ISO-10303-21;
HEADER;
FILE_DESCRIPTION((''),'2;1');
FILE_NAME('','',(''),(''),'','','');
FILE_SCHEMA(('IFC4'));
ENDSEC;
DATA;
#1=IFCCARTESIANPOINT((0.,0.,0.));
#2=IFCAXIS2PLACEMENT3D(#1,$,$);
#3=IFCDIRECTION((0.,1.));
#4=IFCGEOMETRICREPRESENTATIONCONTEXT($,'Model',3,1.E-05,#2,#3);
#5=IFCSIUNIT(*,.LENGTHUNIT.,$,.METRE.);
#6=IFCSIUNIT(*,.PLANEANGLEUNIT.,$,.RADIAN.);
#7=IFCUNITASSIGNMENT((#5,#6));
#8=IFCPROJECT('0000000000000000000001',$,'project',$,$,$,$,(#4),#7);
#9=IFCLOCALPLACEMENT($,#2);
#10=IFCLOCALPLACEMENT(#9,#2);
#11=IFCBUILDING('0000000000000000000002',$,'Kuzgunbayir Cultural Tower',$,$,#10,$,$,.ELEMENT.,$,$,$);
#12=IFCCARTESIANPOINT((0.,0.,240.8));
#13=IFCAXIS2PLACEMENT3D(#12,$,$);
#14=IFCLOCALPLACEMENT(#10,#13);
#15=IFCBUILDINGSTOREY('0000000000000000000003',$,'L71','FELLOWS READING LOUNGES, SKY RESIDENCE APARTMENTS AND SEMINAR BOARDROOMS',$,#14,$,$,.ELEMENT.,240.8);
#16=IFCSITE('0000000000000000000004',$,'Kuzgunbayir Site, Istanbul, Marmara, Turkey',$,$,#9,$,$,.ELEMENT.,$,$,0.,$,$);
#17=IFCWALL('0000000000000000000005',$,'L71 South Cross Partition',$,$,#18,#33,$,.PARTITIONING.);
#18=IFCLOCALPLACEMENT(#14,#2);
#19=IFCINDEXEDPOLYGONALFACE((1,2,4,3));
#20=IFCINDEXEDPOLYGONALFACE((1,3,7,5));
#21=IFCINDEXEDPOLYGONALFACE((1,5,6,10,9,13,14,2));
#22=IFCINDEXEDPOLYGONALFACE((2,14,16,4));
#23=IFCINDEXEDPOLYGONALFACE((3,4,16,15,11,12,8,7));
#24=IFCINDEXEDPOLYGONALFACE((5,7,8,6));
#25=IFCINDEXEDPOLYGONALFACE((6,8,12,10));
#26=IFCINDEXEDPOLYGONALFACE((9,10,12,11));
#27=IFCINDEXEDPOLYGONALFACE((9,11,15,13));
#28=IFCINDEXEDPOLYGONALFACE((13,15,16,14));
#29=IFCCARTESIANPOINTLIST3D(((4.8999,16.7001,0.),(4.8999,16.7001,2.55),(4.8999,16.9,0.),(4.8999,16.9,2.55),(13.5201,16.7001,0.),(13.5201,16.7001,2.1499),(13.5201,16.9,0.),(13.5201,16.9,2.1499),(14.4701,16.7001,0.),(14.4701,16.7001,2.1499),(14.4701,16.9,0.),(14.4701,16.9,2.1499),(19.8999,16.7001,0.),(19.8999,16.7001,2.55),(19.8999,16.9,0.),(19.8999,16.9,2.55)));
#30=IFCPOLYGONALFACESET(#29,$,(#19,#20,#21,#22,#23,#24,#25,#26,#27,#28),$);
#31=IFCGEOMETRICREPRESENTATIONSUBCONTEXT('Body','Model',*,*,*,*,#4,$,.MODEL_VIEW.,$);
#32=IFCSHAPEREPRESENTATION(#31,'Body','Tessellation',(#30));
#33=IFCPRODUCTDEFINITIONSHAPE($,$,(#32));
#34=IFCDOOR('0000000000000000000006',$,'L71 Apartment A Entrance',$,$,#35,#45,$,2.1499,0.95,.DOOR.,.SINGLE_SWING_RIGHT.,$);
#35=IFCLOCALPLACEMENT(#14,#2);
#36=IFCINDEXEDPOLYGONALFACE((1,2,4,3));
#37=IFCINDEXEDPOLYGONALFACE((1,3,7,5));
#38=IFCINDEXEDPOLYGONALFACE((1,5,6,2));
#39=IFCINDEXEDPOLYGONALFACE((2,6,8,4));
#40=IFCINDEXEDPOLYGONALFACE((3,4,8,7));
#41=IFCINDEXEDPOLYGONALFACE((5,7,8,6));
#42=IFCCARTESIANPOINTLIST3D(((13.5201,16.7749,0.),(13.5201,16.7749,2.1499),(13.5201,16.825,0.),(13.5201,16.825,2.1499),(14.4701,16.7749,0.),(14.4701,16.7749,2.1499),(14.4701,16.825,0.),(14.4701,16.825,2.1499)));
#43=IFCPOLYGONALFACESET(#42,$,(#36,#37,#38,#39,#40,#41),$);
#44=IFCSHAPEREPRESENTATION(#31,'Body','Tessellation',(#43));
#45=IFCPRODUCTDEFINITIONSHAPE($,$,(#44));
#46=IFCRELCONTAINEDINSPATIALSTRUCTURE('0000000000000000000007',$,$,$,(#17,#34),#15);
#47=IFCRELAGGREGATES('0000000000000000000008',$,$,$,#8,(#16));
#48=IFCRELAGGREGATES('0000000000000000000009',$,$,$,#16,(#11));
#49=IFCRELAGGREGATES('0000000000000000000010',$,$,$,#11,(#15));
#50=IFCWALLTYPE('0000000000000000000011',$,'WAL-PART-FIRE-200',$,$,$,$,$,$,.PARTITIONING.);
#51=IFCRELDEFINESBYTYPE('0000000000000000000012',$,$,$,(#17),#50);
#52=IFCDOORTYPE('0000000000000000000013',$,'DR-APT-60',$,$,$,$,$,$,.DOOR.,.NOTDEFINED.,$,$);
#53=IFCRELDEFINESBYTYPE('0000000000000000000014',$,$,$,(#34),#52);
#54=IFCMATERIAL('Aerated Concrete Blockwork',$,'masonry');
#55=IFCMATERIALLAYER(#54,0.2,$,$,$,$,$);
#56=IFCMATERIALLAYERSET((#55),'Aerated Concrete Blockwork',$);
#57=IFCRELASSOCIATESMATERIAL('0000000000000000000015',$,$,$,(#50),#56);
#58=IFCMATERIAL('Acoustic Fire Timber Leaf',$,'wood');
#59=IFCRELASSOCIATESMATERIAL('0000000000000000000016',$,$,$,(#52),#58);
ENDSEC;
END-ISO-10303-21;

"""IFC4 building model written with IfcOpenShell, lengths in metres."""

from ifc_helpers import new_model, si_unit, direction, frame, frame_2d, origin, place, context, subcontext, project, spatial, rectangle, extrude, material, layer, layer_set, type_object, element, fill, save


model = new_model("IFC4")

# Units and contexts
model_context = context("Model", 3, precision=1e-05, world=origin(), true_north=direction((0.0, 1.0)))
body_context = subcontext(model_context, "Body", "Model", "MODEL_VIEW")
ifc_project = project(units=[si_unit("LENGTHUNIT", "METRE"), si_unit("PLANEANGLEUNIT", "RADIAN")], contexts=[model_context])

# Site, building, storey
site_placement = place(None, origin())
site = spatial("IfcSite", under=ifc_project, at=site_placement, Name="Kuzgunbayir Site, Istanbul, Marmara, Turkey", CompositionType="ELEMENT", RefElevation=0.0)
building_placement = place(site_placement, origin())
building = spatial("IfcBuilding", under=site, at=building_placement, Name="Kuzgunbayir Cultural Tower", CompositionType="ELEMENT")
storey_placement = place(building_placement, frame((0.0, 0.0, 240.8)))
storey = spatial("IfcBuildingStorey", under=building, at=storey_placement, Name="L71", Description="FELLOWS READING LOUNGES, SKY RESIDENCE APARTMENTS AND SEMINAR BOARDROOMS", CompositionType="ELEMENT", Elevation=240.8)

# Wall, opening, door
ifc_material_1 = material(Name="Aerated Concrete Blockwork", Category="masonry")
ifc_layer_1 = layer(ifc_material_1, 0.2)
ifc_layer_set_1 = layer_set([ifc_layer_1], Name="Aerated Concrete Blockwork")
wall_type_1 = type_object("IfcWallType", Name="WAL-PART-FIRE-200", PredefinedType="PARTITIONING", material=ifc_layer_set_1)
wall_1_placement = place(storey_placement, frame((4.8999, 16.8, 0.0), z_axis=(0.0, 0.0, 1.0), x_axis=(1.0, 0.0, 0.0)))
wall_1 = element("IfcWall", 1, at=wall_1_placement, inside=storey, type_object=wall_type_1, Name="L71 South Cross Partition", PredefinedType="PARTITIONING", context=body_context, shape_type="SweptSolid", body=[
    extrude(rectangle(XDim=15.0, YDim=0.2, at=frame_2d((7.5, 0.0))), origin(), (0.0, 0.0, 1.0), 2.55),
])
opening_1_placement = place(wall_1_placement, frame((8.6201, 0.0, 0.0)))
opening_1 = element("IfcOpeningElement", 2, at=opening_1_placement, cuts=wall_1, PredefinedType="OPENING", context=body_context, shape_type="SweptSolid", body=[
    extrude(rectangle(XDim=0.95, YDim=2.1499, at=frame_2d((0.4751, 1.075))), frame((0.0, 0.1099, 0.0), z_axis=(0.0, -1.0, 0.0), x_axis=(1.0, 0.0, 0.0)), (0.0, 0.0, 1.0), 0.22),
])
ifc_material_2 = material(Name="Acoustic Fire Timber Leaf", Category="wood")
door_type = type_object("IfcDoorType", Name="DR-APT-60", OperationType="NOTDEFINED", PredefinedType="DOOR", material=ifc_material_2)
door_placement = place(opening_1_placement, origin())
door = element("IfcDoor", 3, at=door_placement, inside=storey, type_object=door_type, Name="L71 Apartment A Entrance", OperationType="SINGLE_SWING_RIGHT", OverallHeight=2.1499, OverallWidth=0.95, PredefinedType="DOOR", context=body_context, shape_type="SweptSolid", body=[
    extrude(rectangle(XDim=0.95, YDim=2.1499, at=frame_2d((0.4751, 1.075))), frame((0.0, 0.0249, 0.0), z_axis=(0.0, -1.0, 0.0), x_axis=(1.0, 0.0, 0.0)), (0.0, 0.0, 1.0), 0.05),
])
fill(opening_1, door)

save(model, "model.ifc")
